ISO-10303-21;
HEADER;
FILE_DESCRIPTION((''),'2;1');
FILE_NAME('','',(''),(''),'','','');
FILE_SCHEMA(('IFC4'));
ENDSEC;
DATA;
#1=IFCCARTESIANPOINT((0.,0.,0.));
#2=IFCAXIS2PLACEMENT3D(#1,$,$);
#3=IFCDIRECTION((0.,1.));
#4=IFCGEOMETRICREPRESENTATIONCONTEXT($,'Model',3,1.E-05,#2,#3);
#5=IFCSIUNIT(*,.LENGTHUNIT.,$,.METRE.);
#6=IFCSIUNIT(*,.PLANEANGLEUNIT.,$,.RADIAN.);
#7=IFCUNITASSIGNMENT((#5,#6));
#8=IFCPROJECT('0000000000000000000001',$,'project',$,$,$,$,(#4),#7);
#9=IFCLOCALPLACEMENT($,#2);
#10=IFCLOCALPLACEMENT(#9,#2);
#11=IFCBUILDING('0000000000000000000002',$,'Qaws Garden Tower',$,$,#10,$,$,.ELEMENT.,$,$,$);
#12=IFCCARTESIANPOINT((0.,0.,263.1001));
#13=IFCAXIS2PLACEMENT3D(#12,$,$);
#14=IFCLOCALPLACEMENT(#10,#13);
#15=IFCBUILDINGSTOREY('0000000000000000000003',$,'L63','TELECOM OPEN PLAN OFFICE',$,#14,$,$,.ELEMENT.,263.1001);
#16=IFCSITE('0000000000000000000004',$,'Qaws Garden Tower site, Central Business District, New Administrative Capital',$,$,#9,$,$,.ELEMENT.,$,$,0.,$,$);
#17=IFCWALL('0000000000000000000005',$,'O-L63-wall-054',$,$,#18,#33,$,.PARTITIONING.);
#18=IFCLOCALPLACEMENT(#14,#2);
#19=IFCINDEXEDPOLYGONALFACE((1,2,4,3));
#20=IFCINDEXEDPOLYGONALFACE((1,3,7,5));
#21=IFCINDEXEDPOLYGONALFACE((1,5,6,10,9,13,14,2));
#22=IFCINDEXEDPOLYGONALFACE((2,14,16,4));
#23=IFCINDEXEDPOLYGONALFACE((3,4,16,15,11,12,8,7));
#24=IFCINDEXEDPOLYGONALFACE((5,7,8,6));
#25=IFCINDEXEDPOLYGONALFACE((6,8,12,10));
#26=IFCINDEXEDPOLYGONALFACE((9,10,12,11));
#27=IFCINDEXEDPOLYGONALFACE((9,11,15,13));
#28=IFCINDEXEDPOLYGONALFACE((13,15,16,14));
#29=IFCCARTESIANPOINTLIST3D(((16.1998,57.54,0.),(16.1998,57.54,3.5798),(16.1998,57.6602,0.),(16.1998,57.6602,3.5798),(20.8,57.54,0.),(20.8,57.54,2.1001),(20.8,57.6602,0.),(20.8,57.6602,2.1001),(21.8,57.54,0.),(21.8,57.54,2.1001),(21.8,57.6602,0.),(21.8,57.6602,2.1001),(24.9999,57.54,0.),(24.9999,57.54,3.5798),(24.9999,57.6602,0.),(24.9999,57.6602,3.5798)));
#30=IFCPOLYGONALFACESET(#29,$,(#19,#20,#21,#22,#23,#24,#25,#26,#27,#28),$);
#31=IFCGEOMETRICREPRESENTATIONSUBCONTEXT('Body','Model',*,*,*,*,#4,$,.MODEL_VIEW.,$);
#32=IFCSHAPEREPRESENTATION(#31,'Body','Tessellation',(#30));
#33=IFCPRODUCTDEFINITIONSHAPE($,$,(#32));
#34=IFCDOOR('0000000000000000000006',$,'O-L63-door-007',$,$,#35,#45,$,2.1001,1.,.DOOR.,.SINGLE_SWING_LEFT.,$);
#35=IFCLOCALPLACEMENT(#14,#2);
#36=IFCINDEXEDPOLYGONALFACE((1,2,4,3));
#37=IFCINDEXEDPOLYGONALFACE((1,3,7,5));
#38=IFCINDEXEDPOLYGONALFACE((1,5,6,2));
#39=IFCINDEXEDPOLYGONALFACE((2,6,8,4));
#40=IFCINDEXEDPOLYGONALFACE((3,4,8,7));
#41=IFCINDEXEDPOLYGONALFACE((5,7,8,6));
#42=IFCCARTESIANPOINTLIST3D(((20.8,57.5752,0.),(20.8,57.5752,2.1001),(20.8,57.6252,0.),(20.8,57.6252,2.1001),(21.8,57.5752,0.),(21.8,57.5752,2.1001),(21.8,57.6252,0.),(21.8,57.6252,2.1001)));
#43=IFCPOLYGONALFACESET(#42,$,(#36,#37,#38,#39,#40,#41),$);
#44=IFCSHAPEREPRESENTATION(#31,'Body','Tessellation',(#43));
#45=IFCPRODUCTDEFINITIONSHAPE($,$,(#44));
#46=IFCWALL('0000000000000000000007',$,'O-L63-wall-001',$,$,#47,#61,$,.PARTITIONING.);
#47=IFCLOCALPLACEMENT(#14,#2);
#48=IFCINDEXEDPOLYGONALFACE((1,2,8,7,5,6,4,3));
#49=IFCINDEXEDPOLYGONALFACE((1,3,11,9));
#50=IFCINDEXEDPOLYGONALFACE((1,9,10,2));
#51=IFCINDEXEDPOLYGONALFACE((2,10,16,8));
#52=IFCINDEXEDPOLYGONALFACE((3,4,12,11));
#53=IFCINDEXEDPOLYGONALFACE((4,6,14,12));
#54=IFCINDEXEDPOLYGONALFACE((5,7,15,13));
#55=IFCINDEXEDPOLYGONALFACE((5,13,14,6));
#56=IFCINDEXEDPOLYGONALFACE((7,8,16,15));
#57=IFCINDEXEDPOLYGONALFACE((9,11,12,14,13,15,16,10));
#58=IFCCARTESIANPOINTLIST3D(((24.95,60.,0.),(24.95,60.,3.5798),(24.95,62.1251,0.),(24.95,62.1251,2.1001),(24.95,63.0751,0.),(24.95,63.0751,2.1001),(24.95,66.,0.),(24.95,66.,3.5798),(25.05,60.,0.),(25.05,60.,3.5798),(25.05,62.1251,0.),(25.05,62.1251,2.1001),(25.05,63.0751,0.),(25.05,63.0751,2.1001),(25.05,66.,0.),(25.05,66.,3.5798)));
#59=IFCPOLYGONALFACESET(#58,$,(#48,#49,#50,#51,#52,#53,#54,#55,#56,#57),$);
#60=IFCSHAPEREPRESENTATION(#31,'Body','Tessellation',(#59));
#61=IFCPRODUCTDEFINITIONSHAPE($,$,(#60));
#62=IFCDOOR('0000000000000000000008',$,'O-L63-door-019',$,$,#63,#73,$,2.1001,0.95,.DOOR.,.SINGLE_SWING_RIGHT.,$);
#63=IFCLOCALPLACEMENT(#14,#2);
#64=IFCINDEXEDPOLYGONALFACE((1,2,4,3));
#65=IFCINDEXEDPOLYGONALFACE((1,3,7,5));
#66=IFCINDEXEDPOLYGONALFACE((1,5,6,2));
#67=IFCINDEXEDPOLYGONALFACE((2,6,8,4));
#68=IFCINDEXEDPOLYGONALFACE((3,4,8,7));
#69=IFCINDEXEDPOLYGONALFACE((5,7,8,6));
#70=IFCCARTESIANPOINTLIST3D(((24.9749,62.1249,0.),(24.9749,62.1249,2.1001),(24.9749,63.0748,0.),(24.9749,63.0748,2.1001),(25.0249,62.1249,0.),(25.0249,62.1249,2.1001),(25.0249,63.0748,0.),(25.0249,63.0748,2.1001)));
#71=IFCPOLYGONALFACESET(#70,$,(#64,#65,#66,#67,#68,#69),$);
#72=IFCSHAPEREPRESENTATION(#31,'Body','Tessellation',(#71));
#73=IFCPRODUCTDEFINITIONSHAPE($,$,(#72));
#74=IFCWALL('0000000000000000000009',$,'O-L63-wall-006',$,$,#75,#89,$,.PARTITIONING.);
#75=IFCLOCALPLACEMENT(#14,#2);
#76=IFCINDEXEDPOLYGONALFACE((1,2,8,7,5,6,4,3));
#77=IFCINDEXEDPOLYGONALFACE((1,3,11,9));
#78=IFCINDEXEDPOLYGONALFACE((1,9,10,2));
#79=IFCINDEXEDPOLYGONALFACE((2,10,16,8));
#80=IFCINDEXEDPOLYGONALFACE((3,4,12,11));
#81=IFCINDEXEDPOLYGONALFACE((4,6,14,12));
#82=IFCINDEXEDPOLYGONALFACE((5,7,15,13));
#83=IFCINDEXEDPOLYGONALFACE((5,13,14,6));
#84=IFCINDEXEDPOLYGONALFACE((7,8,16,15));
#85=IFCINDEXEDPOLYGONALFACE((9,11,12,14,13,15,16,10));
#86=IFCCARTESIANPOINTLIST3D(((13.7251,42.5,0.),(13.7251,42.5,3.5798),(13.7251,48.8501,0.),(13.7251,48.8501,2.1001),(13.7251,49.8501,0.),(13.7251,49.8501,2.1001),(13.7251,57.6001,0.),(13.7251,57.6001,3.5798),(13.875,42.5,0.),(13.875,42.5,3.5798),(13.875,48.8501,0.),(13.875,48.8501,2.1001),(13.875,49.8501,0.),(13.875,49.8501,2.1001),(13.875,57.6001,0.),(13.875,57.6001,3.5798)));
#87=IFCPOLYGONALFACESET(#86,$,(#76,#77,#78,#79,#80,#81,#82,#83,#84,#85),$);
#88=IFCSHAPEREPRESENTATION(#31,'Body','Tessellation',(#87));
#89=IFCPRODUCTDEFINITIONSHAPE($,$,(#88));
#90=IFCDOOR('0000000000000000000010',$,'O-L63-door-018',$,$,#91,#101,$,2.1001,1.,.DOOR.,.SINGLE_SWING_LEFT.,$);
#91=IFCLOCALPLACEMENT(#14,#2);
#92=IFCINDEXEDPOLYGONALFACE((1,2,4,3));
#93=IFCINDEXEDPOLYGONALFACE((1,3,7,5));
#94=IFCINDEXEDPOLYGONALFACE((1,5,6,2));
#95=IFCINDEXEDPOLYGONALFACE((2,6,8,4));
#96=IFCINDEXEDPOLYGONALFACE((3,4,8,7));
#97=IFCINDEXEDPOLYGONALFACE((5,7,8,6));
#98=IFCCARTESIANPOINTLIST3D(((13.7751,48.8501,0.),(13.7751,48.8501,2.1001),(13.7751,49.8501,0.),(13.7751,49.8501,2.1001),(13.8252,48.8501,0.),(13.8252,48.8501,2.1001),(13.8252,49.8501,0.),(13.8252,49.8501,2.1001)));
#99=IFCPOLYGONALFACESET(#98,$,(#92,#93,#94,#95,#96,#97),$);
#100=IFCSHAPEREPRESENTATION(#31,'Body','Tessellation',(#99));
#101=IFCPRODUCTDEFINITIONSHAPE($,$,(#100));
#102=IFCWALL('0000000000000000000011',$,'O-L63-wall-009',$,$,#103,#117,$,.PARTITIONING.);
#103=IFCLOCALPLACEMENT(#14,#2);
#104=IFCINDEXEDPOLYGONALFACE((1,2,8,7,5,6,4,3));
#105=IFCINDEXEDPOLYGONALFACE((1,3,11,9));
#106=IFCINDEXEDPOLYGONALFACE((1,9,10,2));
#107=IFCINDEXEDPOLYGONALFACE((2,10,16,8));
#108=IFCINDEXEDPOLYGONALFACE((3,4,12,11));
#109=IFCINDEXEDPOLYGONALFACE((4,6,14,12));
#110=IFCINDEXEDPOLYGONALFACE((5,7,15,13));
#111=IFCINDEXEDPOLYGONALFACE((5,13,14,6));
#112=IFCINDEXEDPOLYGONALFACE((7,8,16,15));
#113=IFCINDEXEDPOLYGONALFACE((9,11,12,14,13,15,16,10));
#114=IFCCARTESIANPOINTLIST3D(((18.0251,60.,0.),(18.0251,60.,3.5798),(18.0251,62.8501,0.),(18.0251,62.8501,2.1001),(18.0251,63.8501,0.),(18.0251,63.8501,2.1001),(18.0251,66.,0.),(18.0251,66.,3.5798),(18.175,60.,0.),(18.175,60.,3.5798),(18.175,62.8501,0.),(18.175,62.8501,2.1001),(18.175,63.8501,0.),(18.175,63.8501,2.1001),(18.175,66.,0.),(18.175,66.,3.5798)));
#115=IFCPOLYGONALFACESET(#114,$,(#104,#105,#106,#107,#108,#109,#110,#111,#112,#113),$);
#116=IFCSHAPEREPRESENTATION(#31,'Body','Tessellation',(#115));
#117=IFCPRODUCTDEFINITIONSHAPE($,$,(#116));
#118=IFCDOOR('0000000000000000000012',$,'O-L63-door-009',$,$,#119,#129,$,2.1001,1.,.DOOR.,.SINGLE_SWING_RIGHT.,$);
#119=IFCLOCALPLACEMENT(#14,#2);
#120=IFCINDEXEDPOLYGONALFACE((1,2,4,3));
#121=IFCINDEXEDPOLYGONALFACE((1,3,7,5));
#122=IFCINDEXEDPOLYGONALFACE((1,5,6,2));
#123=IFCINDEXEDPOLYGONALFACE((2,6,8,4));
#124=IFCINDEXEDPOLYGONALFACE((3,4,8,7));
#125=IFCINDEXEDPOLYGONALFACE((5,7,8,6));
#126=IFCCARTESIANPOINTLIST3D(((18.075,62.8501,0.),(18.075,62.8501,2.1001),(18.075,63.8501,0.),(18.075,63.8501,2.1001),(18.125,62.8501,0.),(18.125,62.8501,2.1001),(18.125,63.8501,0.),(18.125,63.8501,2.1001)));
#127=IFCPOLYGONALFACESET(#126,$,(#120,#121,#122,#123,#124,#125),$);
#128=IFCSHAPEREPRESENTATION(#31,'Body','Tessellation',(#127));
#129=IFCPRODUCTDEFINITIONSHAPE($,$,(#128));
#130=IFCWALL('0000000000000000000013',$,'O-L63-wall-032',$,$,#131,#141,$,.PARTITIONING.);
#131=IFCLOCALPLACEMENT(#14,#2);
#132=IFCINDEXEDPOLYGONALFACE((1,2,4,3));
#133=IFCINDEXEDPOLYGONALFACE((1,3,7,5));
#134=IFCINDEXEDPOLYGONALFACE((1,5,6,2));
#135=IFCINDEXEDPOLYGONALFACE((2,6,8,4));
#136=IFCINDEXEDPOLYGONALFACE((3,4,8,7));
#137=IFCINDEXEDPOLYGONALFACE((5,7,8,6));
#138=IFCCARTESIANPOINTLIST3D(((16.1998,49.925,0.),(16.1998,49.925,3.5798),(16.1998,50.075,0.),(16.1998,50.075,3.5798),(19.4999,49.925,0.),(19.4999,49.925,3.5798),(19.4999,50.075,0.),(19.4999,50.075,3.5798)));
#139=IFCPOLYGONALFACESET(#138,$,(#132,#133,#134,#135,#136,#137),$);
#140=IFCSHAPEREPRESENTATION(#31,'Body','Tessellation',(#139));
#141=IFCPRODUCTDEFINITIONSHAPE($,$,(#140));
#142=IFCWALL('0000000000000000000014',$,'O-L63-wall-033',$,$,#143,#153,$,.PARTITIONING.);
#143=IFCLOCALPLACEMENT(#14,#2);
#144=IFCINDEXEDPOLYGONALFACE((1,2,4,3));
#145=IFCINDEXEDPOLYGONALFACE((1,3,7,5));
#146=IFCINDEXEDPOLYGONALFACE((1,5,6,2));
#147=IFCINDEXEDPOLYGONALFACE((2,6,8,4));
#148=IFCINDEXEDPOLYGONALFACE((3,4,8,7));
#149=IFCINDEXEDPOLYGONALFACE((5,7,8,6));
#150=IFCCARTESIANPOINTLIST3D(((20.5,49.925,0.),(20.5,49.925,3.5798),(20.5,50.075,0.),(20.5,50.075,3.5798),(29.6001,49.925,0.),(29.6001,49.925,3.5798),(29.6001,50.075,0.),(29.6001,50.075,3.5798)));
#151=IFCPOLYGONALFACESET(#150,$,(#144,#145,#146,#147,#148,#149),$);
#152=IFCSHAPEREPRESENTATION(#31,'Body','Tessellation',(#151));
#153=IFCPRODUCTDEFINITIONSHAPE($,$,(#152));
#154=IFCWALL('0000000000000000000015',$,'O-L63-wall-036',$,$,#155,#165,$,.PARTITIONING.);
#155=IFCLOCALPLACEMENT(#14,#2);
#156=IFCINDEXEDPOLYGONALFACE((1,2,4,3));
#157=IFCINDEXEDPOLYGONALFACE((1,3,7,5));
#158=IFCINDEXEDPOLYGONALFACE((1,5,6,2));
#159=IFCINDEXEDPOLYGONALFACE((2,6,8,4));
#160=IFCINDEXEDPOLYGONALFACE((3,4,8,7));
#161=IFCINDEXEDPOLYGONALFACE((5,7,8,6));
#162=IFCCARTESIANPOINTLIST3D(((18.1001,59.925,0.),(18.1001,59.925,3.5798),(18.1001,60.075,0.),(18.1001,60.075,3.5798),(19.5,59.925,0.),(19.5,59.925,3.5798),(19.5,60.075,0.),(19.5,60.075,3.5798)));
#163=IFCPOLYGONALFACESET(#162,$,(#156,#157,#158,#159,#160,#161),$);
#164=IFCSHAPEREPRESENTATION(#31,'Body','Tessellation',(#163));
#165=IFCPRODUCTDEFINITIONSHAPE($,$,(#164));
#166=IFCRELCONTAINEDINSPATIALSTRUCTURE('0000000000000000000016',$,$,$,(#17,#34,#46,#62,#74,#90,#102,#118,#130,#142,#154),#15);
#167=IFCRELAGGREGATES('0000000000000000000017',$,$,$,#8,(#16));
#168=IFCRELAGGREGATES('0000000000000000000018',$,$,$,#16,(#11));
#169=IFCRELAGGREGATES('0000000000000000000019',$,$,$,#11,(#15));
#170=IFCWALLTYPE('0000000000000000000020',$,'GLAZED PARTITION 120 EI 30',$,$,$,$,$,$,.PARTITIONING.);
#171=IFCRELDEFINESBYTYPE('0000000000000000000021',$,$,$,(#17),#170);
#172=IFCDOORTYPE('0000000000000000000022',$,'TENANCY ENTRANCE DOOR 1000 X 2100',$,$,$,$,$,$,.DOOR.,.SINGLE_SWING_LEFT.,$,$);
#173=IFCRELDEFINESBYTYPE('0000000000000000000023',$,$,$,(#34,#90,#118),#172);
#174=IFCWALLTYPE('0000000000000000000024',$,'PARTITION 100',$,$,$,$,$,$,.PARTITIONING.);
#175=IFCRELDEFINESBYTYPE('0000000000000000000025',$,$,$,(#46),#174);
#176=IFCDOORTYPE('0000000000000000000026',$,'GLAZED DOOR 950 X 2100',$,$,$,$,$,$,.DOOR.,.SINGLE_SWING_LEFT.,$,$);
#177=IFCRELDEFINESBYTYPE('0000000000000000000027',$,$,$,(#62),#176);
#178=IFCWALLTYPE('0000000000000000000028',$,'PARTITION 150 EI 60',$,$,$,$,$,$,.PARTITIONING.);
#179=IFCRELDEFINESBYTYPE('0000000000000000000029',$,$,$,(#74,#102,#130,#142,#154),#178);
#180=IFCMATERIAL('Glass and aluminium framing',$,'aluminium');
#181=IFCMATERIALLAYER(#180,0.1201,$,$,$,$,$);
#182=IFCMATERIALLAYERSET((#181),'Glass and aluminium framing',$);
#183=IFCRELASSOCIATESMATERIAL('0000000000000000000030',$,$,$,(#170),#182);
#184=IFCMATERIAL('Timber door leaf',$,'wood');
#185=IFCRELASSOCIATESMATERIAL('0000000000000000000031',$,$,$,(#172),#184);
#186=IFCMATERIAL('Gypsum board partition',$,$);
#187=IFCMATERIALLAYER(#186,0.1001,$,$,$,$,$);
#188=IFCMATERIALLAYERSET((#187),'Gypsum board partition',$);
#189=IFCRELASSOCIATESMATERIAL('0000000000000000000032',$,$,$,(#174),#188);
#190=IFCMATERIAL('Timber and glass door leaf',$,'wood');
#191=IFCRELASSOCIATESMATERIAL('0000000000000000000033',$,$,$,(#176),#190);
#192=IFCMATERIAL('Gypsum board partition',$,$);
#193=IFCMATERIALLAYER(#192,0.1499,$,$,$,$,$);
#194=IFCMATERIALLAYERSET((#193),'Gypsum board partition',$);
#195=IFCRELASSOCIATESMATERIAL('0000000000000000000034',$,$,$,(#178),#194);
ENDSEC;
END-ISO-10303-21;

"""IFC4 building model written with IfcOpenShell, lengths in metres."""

from ifc_helpers import new_model, si_unit, direction, frame, frame_2d, origin, place, context, subcontext, project, spatial, rectangle, extrude, material, layer, layer_set, type_object, element, fill, save


model = new_model("IFC4")

# Units and contexts
model_context = context("Model", 3, precision=1e-05, world=origin(), true_north=direction((0.0, 1.0)))
body_context = subcontext(model_context, "Body", "Model", "MODEL_VIEW")
ifc_project = project(units=[si_unit("LENGTHUNIT", "METRE"), si_unit("PLANEANGLEUNIT", "RADIAN")], contexts=[model_context])

# Site, building, storey
site_placement = place(None, origin())
site = spatial("IfcSite", under=ifc_project, at=site_placement, Name="Qaws Garden Tower site, Central Business District, New Administrative Capital", CompositionType="ELEMENT", RefElevation=0.0)
building_placement = place(site_placement, origin())
building = spatial("IfcBuilding", under=site, at=building_placement, Name="Qaws Garden Tower", CompositionType="ELEMENT")
storey_placement = place(building_placement, frame((0.0, 0.0, 263.1001)))
storey = spatial("IfcBuildingStorey", under=building, at=storey_placement, Name="L63", Description="TELECOM OPEN PLAN OFFICE", CompositionType="ELEMENT", Elevation=263.1001)

# Shared definitions
ifc_material_1 = material(Name="Glass and aluminium framing", Category="aluminium")
ifc_layer_1 = layer(ifc_material_1, 0.1201)
ifc_layer_set_1 = layer_set([ifc_layer_1], Name="Glass and aluminium framing")
wall_type_1 = type_object("IfcWallType", Name="GLAZED PARTITION 120 EI 30", PredefinedType="PARTITIONING", material=ifc_layer_set_1)

# Walls, openings, doors
wall_1_placement = place(storey_placement, frame((16.2, 57.6001, 0.0), z_axis=(0.0, 0.0, 1.0), x_axis=(1.0, 0.0, 0.0)))
wall_1 = element("IfcWall", 1, at=wall_1_placement, inside=storey, type_object=wall_type_1, Name="O-L63-wall-054", PredefinedType="PARTITIONING", context=body_context, shape_type="SweptSolid", body=[
    extrude(rectangle(XDim=8.8, YDim=0.1201, at=frame_2d((4.3999, 0.0))), origin(), (0.0, 0.0, 1.0), 3.5798),
])
opening_1_placement = place(wall_1_placement, frame((4.6001, 0.0, 0.0)))
opening_1 = element("IfcOpeningElement", 2, at=opening_1_placement, cuts=wall_1, PredefinedType="OPENING", context=body_context, shape_type="SweptSolid", body=[
    extrude(rectangle(XDim=1.0, YDim=2.1001, at=frame_2d((0.5, 1.05))), frame((0.0, 0.0701, 0.0), z_axis=(0.0, -1.0, 0.0), x_axis=(1.0, 0.0, 0.0)), (0.0, 0.0, 1.0), 0.1401),
])
ifc_material_2 = material(Name="Timber door leaf", Category="wood")
door_type_1 = type_object("IfcDoorType", Name="TENANCY ENTRANCE DOOR 1000 X 2100", OperationType="SINGLE_SWING_LEFT", PredefinedType="DOOR", material=ifc_material_2)
door_1_placement = place(opening_1_placement, frame((1.0, 0.0, 0.0), z_axis=(0.0, 0.0, 1.0), x_axis=(-1.0, 0.0, 0.0)))
door_1 = element("IfcDoor", 3, at=door_1_placement, inside=storey, type_object=door_type_1, Name="O-L63-door-007", OperationType="SINGLE_SWING_LEFT", OverallHeight=2.1001, OverallWidth=1.0, PredefinedType="DOOR", context=body_context, shape_type="SweptSolid", body=[
    extrude(rectangle(XDim=1.0, YDim=2.1001, at=frame_2d((0.5, 1.05))), frame((0.0, 0.0249, 0.0), z_axis=(0.0, -1.0, 0.0), x_axis=(1.0, 0.0, 0.0)), (0.0, 0.0, 1.0), 0.05),
])
fill(opening_1, door_1)
ifc_material_3 = material(Name="Gypsum board partition")
ifc_layer_2 = layer(ifc_material_3, 0.1001)
ifc_layer_set_2 = layer_set([ifc_layer_2], Name="Gypsum board partition")
wall_type_2 = type_object("IfcWallType", Name="PARTITION 100", PredefinedType="PARTITIONING", material=ifc_layer_set_2)
wall_2_placement = place(storey_placement, frame((25.0, 60.0, 0.0), z_axis=(0.0, 0.0, 1.0), x_axis=(0.0, 1.0, 0.0)))
wall_2 = element("IfcWall", 4, at=wall_2_placement, inside=storey, type_object=wall_type_2, Name="O-L63-wall-001", PredefinedType="PARTITIONING", context=body_context, shape_type="SweptSolid", body=[
    extrude(rectangle(XDim=6.0, YDim=0.1001, at=frame_2d((3.0, 0.0))), origin(), (0.0, 0.0, 1.0), 3.5798),
])
opening_2_placement = place(wall_2_placement, frame((2.125, 0.0, 0.0)))
opening_2 = element("IfcOpeningElement", 5, at=opening_2_placement, cuts=wall_2, PredefinedType="OPENING", context=body_context, shape_type="SweptSolid", body=[
    extrude(rectangle(XDim=0.95, YDim=2.1001, at=frame_2d((0.4751, 1.05))), frame((0.0, 0.0601, 0.0), z_axis=(0.0, -1.0, 0.0), x_axis=(1.0, 0.0, 0.0)), (0.0, 0.0, 1.0), 0.1201),
])
ifc_material_4 = material(Name="Timber and glass door leaf", Category="wood")
door_type_2 = type_object("IfcDoorType", Name="GLAZED DOOR 950 X 2100", OperationType="SINGLE_SWING_LEFT", PredefinedType="DOOR", material=ifc_material_4)
door_2_placement = place(opening_2_placement, frame((0.95, 0.0, 0.0), z_axis=(0.0, 0.0, 1.0), x_axis=(-1.0, 0.0, 0.0)))
door_2 = element("IfcDoor", 6, at=door_2_placement, inside=storey, type_object=door_type_2, Name="O-L63-door-019", OperationType="SINGLE_SWING_RIGHT", OverallHeight=2.1001, OverallWidth=0.95, PredefinedType="DOOR", context=body_context, shape_type="SweptSolid", body=[
    extrude(rectangle(XDim=0.95, YDim=2.1001, at=frame_2d((0.4751, 1.05))), frame((0.0, 0.0249, 0.0), z_axis=(0.0, -1.0, 0.0), x_axis=(1.0, 0.0, 0.0)), (0.0, 0.0, 1.0), 0.05),
])
fill(opening_2, door_2)
ifc_material_5 = material(Name="Gypsum board partition")
ifc_layer_3 = layer(ifc_material_5, 0.1499)
ifc_layer_set_3 = layer_set([ifc_layer_3], Name="Gypsum board partition")
wall_type_3 = type_object("IfcWallType", Name="PARTITION 150 EI 60", PredefinedType="PARTITIONING", material=ifc_layer_set_3)
wall_3_placement = place(storey_placement, frame((13.8, 42.5, 0.0), z_axis=(0.0, 0.0, 1.0), x_axis=(0.0, 1.0, 0.0)))
wall_3 = element("IfcWall", 7, at=wall_3_placement, inside=storey, type_object=wall_type_3, Name="O-L63-wall-006", PredefinedType="PARTITIONING", context=body_context, shape_type="SweptSolid", body=[
    extrude(rectangle(XDim=15.1001, YDim=0.1499, at=frame_2d((7.55, 0.0))), origin(), (0.0, 0.0, 1.0), 3.5798),
])
opening_3_placement = place(wall_3_placement, frame((6.3501, 0.0, 0.0)))
opening_3 = element("IfcOpeningElement", 8, at=opening_3_placement, cuts=wall_3, PredefinedType="OPENING", context=body_context, shape_type="SweptSolid", body=[
    extrude(rectangle(XDim=1.0, YDim=2.1001, at=frame_2d((0.5, 1.05))), frame((0.0, 0.085, 0.0), z_axis=(0.0, -1.0, 0.0), x_axis=(1.0, 0.0, 0.0)), (0.0, 0.0, 1.0), 0.1699),
])
door_3_placement = place(opening_3_placement, origin())
door_3 = element("IfcDoor", 9, at=door_3_placement, inside=storey, type_object=door_type_1, Name="O-L63-door-018", OperationType="SINGLE_SWING_LEFT", OverallHeight=2.1001, OverallWidth=1.0, PredefinedType="DOOR", context=body_context, shape_type="SweptSolid", body=[
    extrude(rectangle(XDim=1.0, YDim=2.1001, at=frame_2d((0.5, 1.05))), frame((0.0, 0.0249, 0.0), z_axis=(0.0, -1.0, 0.0), x_axis=(1.0, 0.0, 0.0)), (0.0, 0.0, 1.0), 0.05),
])
fill(opening_3, door_3)
wall_4_placement = place(storey_placement, frame((18.1001, 60.0, 0.0), z_axis=(0.0, 0.0, 1.0), x_axis=(0.0, 1.0, 0.0)))
wall_4 = element("IfcWall", 10, at=wall_4_placement, inside=storey, type_object=wall_type_3, Name="O-L63-wall-009", PredefinedType="PARTITIONING", context=body_context, shape_type="SweptSolid", body=[
    extrude(rectangle(XDim=6.0, YDim=0.1499, at=frame_2d((3.0, 0.0))), origin(), (0.0, 0.0, 1.0), 3.5798),
])
opening_4_placement = place(wall_4_placement, frame((2.8501, 0.0, 0.0)))
opening_4 = element("IfcOpeningElement", 11, at=opening_4_placement, cuts=wall_4, PredefinedType="OPENING", context=body_context, shape_type="SweptSolid", body=[
    extrude(rectangle(XDim=1.0, YDim=2.1001, at=frame_2d((0.5, 1.05))), frame((0.0, 0.085, 0.0), z_axis=(0.0, -1.0, 0.0), x_axis=(1.0, 0.0, 0.0)), (0.0, 0.0, 1.0), 0.1699),
])
door_4_placement = place(opening_4_placement, frame((1.0, 0.0, 0.0), z_axis=(0.0, 0.0, 1.0), x_axis=(-1.0, 0.0, 0.0)))
door_4 = element("IfcDoor", 12, at=door_4_placement, inside=storey, type_object=door_type_1, Name="O-L63-door-009", OperationType="SINGLE_SWING_RIGHT", OverallHeight=2.1001, OverallWidth=1.0, PredefinedType="DOOR", context=body_context, shape_type="SweptSolid", body=[
    extrude(rectangle(XDim=1.0, YDim=2.1001, at=frame_2d((0.5, 1.05))), frame((0.0, 0.0249, 0.0), z_axis=(0.0, -1.0, 0.0), x_axis=(1.0, 0.0, 0.0)), (0.0, 0.0, 1.0), 0.05),
])
fill(opening_4, door_4)

# Walls
wall_5_placement = place(storey_placement, frame((16.2, 50.0, 0.0), z_axis=(0.0, 0.0, 1.0), x_axis=(1.0, 0.0, 0.0)))
element("IfcWall", 13, at=wall_5_placement, inside=storey, type_object=wall_type_3, Name="O-L63-wall-032", PredefinedType="PARTITIONING", context=body_context, shape_type="SweptSolid", body=[
    extrude(rectangle(XDim=3.3, YDim=0.1499, at=frame_2d((1.6499, 0.0))), origin(), (0.0, 0.0, 1.0), 3.5798),
])
wall_6_placement = place(storey_placement, frame((20.5, 50.0, 0.0), z_axis=(0.0, 0.0, 1.0), x_axis=(1.0, 0.0, 0.0)))
element("IfcWall", 14, at=wall_6_placement, inside=storey, type_object=wall_type_3, Name="O-L63-wall-033", PredefinedType="PARTITIONING", context=body_context, shape_type="SweptSolid", body=[
    extrude(rectangle(XDim=9.1001, YDim=0.1499, at=frame_2d((4.55, 0.0))), origin(), (0.0, 0.0, 1.0), 3.5798),
])
wall_7_placement = place(storey_placement, frame((18.1001, 60.0, 0.0), z_axis=(0.0, 0.0, 1.0), x_axis=(1.0, 0.0, 0.0)))
element("IfcWall", 15, at=wall_7_placement, inside=storey, type_object=wall_type_3, Name="O-L63-wall-036", PredefinedType="PARTITIONING", context=body_context, shape_type="SweptSolid", body=[
    extrude(rectangle(XDim=1.3999, YDim=0.1499, at=frame_2d((0.7, 0.0))), origin(), (0.0, 0.0, 1.0), 3.5798),
])

save(model, "model.ifc")
